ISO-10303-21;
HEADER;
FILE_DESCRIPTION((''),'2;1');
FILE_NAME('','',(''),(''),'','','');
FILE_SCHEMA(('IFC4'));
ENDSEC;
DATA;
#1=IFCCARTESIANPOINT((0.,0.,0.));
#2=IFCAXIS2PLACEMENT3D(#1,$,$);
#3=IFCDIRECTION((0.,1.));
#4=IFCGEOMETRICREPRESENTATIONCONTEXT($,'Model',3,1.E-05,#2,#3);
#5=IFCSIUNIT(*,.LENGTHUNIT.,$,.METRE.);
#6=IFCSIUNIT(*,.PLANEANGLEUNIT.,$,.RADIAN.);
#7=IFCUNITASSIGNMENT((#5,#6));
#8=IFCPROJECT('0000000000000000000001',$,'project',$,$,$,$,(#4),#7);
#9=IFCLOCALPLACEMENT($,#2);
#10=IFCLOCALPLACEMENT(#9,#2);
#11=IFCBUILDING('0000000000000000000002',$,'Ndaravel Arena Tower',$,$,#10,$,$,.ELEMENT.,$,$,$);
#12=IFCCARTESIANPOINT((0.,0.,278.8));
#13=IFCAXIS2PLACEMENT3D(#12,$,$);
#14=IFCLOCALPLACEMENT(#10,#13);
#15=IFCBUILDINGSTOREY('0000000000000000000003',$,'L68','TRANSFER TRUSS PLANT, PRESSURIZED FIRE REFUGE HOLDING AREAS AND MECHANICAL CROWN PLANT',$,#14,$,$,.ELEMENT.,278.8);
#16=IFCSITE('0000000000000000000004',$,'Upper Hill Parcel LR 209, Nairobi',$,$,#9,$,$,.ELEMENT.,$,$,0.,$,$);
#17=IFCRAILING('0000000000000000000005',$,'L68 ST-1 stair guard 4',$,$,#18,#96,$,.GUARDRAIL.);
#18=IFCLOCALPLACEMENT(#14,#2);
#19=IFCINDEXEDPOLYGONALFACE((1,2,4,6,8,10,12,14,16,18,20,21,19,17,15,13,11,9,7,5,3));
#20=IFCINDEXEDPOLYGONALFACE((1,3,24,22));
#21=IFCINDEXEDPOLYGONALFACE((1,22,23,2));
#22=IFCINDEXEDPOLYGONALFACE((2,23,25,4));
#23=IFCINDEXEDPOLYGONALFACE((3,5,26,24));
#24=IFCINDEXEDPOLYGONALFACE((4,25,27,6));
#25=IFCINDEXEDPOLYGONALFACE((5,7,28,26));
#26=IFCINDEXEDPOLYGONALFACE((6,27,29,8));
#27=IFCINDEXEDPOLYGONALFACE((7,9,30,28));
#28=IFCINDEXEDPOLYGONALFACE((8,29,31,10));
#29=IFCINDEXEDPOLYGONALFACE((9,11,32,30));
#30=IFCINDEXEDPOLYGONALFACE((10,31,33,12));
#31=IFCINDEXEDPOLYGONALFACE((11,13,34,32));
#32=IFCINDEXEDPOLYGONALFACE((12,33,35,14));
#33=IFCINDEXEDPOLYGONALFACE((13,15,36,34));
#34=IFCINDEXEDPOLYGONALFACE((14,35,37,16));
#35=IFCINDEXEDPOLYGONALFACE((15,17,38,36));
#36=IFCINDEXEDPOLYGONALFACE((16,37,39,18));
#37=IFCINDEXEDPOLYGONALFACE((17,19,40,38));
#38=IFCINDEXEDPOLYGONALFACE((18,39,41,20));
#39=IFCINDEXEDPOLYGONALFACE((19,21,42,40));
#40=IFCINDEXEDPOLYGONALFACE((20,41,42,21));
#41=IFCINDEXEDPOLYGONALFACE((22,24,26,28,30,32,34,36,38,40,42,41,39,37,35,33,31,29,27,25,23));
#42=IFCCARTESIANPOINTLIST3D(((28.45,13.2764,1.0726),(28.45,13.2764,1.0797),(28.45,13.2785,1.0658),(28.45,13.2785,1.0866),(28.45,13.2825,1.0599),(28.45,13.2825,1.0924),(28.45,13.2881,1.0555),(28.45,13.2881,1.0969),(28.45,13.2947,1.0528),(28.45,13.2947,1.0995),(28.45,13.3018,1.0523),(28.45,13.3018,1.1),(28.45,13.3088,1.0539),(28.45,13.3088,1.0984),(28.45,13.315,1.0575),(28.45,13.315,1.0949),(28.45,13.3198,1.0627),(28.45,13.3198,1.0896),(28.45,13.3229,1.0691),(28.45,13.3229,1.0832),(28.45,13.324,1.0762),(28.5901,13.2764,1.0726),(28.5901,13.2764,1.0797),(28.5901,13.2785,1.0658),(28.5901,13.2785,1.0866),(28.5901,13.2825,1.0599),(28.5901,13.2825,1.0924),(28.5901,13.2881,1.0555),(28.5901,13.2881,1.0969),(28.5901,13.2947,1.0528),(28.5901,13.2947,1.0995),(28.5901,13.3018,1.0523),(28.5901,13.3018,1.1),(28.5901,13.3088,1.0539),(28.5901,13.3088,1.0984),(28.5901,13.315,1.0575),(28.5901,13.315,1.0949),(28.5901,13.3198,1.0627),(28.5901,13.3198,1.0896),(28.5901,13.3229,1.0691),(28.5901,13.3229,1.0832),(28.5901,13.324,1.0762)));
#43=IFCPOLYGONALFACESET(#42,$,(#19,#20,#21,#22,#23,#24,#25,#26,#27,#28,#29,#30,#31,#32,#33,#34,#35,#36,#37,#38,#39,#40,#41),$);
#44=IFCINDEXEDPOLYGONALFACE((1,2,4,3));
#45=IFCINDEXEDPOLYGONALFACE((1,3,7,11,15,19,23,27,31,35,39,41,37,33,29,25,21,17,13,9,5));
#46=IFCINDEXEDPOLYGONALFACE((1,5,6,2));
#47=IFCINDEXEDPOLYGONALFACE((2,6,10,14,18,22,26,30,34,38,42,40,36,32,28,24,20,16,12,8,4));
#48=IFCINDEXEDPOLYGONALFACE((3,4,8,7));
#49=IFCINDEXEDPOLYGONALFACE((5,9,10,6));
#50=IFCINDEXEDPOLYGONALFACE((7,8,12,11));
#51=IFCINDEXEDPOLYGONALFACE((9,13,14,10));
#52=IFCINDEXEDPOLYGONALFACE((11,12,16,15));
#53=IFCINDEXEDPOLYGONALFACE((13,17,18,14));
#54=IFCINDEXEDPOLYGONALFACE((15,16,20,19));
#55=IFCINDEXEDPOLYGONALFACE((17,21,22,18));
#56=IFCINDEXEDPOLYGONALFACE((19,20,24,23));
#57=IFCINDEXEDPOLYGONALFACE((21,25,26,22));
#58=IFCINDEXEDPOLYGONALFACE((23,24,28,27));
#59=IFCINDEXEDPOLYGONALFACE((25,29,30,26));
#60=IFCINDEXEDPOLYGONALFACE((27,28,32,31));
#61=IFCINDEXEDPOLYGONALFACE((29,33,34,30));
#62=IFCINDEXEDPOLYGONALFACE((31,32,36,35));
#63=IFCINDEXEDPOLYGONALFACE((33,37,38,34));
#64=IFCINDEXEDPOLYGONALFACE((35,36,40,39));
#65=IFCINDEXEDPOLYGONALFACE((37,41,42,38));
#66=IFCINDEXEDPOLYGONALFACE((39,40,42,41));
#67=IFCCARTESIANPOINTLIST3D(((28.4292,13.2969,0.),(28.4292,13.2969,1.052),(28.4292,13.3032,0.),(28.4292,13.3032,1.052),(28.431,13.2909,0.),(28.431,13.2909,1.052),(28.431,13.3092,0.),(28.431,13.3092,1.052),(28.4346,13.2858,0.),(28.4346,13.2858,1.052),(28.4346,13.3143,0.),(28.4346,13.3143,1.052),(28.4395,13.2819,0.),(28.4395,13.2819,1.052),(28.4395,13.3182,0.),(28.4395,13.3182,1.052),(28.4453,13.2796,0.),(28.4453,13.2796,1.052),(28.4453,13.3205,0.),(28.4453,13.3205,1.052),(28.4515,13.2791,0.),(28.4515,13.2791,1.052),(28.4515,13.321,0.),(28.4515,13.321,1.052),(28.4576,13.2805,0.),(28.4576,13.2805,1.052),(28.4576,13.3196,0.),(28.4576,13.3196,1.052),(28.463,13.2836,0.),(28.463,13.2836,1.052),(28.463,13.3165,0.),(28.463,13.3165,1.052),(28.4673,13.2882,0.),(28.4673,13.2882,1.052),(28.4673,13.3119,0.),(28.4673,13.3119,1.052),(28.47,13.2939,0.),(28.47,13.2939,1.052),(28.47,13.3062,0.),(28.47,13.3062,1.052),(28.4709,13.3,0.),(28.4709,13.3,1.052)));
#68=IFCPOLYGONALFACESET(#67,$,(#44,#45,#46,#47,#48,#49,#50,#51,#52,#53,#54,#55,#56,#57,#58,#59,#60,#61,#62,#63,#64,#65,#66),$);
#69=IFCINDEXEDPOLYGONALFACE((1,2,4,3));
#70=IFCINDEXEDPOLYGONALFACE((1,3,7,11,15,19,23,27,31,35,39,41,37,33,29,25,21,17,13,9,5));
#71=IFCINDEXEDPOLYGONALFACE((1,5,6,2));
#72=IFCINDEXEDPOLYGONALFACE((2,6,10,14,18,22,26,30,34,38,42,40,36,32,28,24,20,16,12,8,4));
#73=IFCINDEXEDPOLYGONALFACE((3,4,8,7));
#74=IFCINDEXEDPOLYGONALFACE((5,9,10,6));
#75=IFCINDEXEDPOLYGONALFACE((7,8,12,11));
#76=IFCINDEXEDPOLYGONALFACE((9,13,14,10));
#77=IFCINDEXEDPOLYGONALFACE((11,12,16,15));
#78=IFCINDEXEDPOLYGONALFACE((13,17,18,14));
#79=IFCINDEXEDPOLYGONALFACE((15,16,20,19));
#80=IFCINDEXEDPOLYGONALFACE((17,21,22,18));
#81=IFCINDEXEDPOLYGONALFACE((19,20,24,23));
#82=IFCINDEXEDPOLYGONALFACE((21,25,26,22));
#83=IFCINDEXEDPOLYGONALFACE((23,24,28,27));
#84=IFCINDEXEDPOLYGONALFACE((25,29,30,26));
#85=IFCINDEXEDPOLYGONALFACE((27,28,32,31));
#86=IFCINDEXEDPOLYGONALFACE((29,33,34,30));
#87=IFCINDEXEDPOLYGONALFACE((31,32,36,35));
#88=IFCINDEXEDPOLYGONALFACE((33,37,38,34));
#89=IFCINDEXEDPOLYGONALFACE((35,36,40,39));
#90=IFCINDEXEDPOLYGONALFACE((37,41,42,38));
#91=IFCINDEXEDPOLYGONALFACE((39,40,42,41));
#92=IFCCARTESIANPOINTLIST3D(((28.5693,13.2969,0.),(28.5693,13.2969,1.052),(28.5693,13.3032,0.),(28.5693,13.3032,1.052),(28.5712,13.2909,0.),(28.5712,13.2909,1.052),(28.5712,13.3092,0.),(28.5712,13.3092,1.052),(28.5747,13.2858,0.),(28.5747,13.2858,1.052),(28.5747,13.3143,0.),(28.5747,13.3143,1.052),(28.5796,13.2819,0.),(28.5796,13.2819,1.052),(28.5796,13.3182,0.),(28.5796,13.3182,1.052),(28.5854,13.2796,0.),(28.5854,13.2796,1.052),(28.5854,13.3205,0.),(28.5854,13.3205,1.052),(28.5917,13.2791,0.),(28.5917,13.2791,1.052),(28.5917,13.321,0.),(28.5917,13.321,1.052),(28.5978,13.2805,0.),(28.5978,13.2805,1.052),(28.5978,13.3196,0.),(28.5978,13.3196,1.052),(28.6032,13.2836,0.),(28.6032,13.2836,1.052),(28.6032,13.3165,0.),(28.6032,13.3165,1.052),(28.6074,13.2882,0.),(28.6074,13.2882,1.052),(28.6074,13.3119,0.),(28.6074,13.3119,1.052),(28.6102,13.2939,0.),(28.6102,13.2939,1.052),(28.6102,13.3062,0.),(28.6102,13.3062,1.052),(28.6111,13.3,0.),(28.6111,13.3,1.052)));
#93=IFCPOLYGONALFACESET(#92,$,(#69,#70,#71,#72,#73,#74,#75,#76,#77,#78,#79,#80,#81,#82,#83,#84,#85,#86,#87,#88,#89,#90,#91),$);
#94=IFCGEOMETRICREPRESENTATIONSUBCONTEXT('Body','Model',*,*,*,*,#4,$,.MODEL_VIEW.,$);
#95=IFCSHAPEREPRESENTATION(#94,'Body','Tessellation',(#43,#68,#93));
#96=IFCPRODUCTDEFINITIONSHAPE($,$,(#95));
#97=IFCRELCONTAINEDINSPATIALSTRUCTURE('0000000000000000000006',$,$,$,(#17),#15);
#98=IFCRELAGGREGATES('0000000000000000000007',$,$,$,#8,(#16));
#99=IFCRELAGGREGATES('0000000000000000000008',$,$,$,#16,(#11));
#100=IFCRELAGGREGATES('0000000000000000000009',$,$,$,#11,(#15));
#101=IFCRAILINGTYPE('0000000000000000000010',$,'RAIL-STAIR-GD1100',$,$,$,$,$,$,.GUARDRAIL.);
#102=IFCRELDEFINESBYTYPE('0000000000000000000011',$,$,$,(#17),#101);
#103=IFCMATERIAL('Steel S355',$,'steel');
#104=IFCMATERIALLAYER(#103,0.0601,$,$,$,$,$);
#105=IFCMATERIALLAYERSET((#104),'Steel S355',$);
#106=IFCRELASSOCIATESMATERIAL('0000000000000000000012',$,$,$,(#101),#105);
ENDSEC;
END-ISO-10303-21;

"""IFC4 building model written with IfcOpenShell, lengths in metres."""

from ifc_helpers import new_model, si_unit, direction, frame, origin, origin_2d, place, context, subcontext, project, spatial, circle, extrude, material, layer, layer_set, type_object, element, save


model = new_model("IFC4")

# Units and contexts
model_context = context("Model", 3, precision=1e-05, world=origin(), true_north=direction((0.0, 1.0)))
body_context = subcontext(model_context, "Body", "Model", "MODEL_VIEW")
ifc_project = project(units=[si_unit("LENGTHUNIT", "METRE"), si_unit("PLANEANGLEUNIT", "RADIAN")], contexts=[model_context])

# Site, building, storey
site_placement = place(None, origin())
site = spatial("IfcSite", under=ifc_project, at=site_placement, Name="Upper Hill Parcel LR 209, Nairobi", CompositionType="ELEMENT", RefElevation=0.0)
building_placement = place(site_placement, origin())
building = spatial("IfcBuilding", under=site, at=building_placement, Name="Ndaravel Arena Tower", CompositionType="ELEMENT")
storey_placement = place(building_placement, frame((0.0, 0.0, 278.8)))
storey = spatial("IfcBuildingStorey", under=building, at=storey_placement, Name="L68", Description="TRANSFER TRUSS PLANT, PRESSURIZED FIRE REFUGE HOLDING AREAS AND MECHANICAL CROWN PLANT", CompositionType="ELEMENT", Elevation=278.8)

# Railing
ifc_material_1 = material(Name="Steel S355", Category="steel")
ifc_layer_1 = layer(ifc_material_1, 0.0601)
ifc_layer_set_1 = layer_set([ifc_layer_1], Name="Steel S355")
railing_type_1 = type_object("IfcRailingType", Name="RAIL-STAIR-GD1100", PredefinedType="GUARDRAIL", material=ifc_layer_set_1)
railing_1_placement = place(storey_placement, frame((28.45, 13.3, 0.0)))
element("IfcRailing", 1, at=railing_1_placement, inside=storey, type_object=railing_type_1, Name="L68 ST-1 stair guard 4", PredefinedType="GUARDRAIL", context=body_context, shape_type="SweptSolid", body=[
    extrude(circle(Radius=0.0239, at=origin_2d()), frame((0.0, 0.0, 1.0762), z_axis=(1.0, 0.0, 0.0), x_axis=(0.0, 1.0, 0.0)), (0.0, 0.0, 1.0), 0.1401),
    extrude(circle(Radius=0.021, at=origin_2d()), origin(), (0.0, 0.0, 1.0), 1.052),
    extrude(circle(Radius=0.021, at=origin_2d()), frame((0.1401, 0.0, 0.0)), (0.0, 0.0, 1.0), 1.052),
])

save(model, "model.ifc")
